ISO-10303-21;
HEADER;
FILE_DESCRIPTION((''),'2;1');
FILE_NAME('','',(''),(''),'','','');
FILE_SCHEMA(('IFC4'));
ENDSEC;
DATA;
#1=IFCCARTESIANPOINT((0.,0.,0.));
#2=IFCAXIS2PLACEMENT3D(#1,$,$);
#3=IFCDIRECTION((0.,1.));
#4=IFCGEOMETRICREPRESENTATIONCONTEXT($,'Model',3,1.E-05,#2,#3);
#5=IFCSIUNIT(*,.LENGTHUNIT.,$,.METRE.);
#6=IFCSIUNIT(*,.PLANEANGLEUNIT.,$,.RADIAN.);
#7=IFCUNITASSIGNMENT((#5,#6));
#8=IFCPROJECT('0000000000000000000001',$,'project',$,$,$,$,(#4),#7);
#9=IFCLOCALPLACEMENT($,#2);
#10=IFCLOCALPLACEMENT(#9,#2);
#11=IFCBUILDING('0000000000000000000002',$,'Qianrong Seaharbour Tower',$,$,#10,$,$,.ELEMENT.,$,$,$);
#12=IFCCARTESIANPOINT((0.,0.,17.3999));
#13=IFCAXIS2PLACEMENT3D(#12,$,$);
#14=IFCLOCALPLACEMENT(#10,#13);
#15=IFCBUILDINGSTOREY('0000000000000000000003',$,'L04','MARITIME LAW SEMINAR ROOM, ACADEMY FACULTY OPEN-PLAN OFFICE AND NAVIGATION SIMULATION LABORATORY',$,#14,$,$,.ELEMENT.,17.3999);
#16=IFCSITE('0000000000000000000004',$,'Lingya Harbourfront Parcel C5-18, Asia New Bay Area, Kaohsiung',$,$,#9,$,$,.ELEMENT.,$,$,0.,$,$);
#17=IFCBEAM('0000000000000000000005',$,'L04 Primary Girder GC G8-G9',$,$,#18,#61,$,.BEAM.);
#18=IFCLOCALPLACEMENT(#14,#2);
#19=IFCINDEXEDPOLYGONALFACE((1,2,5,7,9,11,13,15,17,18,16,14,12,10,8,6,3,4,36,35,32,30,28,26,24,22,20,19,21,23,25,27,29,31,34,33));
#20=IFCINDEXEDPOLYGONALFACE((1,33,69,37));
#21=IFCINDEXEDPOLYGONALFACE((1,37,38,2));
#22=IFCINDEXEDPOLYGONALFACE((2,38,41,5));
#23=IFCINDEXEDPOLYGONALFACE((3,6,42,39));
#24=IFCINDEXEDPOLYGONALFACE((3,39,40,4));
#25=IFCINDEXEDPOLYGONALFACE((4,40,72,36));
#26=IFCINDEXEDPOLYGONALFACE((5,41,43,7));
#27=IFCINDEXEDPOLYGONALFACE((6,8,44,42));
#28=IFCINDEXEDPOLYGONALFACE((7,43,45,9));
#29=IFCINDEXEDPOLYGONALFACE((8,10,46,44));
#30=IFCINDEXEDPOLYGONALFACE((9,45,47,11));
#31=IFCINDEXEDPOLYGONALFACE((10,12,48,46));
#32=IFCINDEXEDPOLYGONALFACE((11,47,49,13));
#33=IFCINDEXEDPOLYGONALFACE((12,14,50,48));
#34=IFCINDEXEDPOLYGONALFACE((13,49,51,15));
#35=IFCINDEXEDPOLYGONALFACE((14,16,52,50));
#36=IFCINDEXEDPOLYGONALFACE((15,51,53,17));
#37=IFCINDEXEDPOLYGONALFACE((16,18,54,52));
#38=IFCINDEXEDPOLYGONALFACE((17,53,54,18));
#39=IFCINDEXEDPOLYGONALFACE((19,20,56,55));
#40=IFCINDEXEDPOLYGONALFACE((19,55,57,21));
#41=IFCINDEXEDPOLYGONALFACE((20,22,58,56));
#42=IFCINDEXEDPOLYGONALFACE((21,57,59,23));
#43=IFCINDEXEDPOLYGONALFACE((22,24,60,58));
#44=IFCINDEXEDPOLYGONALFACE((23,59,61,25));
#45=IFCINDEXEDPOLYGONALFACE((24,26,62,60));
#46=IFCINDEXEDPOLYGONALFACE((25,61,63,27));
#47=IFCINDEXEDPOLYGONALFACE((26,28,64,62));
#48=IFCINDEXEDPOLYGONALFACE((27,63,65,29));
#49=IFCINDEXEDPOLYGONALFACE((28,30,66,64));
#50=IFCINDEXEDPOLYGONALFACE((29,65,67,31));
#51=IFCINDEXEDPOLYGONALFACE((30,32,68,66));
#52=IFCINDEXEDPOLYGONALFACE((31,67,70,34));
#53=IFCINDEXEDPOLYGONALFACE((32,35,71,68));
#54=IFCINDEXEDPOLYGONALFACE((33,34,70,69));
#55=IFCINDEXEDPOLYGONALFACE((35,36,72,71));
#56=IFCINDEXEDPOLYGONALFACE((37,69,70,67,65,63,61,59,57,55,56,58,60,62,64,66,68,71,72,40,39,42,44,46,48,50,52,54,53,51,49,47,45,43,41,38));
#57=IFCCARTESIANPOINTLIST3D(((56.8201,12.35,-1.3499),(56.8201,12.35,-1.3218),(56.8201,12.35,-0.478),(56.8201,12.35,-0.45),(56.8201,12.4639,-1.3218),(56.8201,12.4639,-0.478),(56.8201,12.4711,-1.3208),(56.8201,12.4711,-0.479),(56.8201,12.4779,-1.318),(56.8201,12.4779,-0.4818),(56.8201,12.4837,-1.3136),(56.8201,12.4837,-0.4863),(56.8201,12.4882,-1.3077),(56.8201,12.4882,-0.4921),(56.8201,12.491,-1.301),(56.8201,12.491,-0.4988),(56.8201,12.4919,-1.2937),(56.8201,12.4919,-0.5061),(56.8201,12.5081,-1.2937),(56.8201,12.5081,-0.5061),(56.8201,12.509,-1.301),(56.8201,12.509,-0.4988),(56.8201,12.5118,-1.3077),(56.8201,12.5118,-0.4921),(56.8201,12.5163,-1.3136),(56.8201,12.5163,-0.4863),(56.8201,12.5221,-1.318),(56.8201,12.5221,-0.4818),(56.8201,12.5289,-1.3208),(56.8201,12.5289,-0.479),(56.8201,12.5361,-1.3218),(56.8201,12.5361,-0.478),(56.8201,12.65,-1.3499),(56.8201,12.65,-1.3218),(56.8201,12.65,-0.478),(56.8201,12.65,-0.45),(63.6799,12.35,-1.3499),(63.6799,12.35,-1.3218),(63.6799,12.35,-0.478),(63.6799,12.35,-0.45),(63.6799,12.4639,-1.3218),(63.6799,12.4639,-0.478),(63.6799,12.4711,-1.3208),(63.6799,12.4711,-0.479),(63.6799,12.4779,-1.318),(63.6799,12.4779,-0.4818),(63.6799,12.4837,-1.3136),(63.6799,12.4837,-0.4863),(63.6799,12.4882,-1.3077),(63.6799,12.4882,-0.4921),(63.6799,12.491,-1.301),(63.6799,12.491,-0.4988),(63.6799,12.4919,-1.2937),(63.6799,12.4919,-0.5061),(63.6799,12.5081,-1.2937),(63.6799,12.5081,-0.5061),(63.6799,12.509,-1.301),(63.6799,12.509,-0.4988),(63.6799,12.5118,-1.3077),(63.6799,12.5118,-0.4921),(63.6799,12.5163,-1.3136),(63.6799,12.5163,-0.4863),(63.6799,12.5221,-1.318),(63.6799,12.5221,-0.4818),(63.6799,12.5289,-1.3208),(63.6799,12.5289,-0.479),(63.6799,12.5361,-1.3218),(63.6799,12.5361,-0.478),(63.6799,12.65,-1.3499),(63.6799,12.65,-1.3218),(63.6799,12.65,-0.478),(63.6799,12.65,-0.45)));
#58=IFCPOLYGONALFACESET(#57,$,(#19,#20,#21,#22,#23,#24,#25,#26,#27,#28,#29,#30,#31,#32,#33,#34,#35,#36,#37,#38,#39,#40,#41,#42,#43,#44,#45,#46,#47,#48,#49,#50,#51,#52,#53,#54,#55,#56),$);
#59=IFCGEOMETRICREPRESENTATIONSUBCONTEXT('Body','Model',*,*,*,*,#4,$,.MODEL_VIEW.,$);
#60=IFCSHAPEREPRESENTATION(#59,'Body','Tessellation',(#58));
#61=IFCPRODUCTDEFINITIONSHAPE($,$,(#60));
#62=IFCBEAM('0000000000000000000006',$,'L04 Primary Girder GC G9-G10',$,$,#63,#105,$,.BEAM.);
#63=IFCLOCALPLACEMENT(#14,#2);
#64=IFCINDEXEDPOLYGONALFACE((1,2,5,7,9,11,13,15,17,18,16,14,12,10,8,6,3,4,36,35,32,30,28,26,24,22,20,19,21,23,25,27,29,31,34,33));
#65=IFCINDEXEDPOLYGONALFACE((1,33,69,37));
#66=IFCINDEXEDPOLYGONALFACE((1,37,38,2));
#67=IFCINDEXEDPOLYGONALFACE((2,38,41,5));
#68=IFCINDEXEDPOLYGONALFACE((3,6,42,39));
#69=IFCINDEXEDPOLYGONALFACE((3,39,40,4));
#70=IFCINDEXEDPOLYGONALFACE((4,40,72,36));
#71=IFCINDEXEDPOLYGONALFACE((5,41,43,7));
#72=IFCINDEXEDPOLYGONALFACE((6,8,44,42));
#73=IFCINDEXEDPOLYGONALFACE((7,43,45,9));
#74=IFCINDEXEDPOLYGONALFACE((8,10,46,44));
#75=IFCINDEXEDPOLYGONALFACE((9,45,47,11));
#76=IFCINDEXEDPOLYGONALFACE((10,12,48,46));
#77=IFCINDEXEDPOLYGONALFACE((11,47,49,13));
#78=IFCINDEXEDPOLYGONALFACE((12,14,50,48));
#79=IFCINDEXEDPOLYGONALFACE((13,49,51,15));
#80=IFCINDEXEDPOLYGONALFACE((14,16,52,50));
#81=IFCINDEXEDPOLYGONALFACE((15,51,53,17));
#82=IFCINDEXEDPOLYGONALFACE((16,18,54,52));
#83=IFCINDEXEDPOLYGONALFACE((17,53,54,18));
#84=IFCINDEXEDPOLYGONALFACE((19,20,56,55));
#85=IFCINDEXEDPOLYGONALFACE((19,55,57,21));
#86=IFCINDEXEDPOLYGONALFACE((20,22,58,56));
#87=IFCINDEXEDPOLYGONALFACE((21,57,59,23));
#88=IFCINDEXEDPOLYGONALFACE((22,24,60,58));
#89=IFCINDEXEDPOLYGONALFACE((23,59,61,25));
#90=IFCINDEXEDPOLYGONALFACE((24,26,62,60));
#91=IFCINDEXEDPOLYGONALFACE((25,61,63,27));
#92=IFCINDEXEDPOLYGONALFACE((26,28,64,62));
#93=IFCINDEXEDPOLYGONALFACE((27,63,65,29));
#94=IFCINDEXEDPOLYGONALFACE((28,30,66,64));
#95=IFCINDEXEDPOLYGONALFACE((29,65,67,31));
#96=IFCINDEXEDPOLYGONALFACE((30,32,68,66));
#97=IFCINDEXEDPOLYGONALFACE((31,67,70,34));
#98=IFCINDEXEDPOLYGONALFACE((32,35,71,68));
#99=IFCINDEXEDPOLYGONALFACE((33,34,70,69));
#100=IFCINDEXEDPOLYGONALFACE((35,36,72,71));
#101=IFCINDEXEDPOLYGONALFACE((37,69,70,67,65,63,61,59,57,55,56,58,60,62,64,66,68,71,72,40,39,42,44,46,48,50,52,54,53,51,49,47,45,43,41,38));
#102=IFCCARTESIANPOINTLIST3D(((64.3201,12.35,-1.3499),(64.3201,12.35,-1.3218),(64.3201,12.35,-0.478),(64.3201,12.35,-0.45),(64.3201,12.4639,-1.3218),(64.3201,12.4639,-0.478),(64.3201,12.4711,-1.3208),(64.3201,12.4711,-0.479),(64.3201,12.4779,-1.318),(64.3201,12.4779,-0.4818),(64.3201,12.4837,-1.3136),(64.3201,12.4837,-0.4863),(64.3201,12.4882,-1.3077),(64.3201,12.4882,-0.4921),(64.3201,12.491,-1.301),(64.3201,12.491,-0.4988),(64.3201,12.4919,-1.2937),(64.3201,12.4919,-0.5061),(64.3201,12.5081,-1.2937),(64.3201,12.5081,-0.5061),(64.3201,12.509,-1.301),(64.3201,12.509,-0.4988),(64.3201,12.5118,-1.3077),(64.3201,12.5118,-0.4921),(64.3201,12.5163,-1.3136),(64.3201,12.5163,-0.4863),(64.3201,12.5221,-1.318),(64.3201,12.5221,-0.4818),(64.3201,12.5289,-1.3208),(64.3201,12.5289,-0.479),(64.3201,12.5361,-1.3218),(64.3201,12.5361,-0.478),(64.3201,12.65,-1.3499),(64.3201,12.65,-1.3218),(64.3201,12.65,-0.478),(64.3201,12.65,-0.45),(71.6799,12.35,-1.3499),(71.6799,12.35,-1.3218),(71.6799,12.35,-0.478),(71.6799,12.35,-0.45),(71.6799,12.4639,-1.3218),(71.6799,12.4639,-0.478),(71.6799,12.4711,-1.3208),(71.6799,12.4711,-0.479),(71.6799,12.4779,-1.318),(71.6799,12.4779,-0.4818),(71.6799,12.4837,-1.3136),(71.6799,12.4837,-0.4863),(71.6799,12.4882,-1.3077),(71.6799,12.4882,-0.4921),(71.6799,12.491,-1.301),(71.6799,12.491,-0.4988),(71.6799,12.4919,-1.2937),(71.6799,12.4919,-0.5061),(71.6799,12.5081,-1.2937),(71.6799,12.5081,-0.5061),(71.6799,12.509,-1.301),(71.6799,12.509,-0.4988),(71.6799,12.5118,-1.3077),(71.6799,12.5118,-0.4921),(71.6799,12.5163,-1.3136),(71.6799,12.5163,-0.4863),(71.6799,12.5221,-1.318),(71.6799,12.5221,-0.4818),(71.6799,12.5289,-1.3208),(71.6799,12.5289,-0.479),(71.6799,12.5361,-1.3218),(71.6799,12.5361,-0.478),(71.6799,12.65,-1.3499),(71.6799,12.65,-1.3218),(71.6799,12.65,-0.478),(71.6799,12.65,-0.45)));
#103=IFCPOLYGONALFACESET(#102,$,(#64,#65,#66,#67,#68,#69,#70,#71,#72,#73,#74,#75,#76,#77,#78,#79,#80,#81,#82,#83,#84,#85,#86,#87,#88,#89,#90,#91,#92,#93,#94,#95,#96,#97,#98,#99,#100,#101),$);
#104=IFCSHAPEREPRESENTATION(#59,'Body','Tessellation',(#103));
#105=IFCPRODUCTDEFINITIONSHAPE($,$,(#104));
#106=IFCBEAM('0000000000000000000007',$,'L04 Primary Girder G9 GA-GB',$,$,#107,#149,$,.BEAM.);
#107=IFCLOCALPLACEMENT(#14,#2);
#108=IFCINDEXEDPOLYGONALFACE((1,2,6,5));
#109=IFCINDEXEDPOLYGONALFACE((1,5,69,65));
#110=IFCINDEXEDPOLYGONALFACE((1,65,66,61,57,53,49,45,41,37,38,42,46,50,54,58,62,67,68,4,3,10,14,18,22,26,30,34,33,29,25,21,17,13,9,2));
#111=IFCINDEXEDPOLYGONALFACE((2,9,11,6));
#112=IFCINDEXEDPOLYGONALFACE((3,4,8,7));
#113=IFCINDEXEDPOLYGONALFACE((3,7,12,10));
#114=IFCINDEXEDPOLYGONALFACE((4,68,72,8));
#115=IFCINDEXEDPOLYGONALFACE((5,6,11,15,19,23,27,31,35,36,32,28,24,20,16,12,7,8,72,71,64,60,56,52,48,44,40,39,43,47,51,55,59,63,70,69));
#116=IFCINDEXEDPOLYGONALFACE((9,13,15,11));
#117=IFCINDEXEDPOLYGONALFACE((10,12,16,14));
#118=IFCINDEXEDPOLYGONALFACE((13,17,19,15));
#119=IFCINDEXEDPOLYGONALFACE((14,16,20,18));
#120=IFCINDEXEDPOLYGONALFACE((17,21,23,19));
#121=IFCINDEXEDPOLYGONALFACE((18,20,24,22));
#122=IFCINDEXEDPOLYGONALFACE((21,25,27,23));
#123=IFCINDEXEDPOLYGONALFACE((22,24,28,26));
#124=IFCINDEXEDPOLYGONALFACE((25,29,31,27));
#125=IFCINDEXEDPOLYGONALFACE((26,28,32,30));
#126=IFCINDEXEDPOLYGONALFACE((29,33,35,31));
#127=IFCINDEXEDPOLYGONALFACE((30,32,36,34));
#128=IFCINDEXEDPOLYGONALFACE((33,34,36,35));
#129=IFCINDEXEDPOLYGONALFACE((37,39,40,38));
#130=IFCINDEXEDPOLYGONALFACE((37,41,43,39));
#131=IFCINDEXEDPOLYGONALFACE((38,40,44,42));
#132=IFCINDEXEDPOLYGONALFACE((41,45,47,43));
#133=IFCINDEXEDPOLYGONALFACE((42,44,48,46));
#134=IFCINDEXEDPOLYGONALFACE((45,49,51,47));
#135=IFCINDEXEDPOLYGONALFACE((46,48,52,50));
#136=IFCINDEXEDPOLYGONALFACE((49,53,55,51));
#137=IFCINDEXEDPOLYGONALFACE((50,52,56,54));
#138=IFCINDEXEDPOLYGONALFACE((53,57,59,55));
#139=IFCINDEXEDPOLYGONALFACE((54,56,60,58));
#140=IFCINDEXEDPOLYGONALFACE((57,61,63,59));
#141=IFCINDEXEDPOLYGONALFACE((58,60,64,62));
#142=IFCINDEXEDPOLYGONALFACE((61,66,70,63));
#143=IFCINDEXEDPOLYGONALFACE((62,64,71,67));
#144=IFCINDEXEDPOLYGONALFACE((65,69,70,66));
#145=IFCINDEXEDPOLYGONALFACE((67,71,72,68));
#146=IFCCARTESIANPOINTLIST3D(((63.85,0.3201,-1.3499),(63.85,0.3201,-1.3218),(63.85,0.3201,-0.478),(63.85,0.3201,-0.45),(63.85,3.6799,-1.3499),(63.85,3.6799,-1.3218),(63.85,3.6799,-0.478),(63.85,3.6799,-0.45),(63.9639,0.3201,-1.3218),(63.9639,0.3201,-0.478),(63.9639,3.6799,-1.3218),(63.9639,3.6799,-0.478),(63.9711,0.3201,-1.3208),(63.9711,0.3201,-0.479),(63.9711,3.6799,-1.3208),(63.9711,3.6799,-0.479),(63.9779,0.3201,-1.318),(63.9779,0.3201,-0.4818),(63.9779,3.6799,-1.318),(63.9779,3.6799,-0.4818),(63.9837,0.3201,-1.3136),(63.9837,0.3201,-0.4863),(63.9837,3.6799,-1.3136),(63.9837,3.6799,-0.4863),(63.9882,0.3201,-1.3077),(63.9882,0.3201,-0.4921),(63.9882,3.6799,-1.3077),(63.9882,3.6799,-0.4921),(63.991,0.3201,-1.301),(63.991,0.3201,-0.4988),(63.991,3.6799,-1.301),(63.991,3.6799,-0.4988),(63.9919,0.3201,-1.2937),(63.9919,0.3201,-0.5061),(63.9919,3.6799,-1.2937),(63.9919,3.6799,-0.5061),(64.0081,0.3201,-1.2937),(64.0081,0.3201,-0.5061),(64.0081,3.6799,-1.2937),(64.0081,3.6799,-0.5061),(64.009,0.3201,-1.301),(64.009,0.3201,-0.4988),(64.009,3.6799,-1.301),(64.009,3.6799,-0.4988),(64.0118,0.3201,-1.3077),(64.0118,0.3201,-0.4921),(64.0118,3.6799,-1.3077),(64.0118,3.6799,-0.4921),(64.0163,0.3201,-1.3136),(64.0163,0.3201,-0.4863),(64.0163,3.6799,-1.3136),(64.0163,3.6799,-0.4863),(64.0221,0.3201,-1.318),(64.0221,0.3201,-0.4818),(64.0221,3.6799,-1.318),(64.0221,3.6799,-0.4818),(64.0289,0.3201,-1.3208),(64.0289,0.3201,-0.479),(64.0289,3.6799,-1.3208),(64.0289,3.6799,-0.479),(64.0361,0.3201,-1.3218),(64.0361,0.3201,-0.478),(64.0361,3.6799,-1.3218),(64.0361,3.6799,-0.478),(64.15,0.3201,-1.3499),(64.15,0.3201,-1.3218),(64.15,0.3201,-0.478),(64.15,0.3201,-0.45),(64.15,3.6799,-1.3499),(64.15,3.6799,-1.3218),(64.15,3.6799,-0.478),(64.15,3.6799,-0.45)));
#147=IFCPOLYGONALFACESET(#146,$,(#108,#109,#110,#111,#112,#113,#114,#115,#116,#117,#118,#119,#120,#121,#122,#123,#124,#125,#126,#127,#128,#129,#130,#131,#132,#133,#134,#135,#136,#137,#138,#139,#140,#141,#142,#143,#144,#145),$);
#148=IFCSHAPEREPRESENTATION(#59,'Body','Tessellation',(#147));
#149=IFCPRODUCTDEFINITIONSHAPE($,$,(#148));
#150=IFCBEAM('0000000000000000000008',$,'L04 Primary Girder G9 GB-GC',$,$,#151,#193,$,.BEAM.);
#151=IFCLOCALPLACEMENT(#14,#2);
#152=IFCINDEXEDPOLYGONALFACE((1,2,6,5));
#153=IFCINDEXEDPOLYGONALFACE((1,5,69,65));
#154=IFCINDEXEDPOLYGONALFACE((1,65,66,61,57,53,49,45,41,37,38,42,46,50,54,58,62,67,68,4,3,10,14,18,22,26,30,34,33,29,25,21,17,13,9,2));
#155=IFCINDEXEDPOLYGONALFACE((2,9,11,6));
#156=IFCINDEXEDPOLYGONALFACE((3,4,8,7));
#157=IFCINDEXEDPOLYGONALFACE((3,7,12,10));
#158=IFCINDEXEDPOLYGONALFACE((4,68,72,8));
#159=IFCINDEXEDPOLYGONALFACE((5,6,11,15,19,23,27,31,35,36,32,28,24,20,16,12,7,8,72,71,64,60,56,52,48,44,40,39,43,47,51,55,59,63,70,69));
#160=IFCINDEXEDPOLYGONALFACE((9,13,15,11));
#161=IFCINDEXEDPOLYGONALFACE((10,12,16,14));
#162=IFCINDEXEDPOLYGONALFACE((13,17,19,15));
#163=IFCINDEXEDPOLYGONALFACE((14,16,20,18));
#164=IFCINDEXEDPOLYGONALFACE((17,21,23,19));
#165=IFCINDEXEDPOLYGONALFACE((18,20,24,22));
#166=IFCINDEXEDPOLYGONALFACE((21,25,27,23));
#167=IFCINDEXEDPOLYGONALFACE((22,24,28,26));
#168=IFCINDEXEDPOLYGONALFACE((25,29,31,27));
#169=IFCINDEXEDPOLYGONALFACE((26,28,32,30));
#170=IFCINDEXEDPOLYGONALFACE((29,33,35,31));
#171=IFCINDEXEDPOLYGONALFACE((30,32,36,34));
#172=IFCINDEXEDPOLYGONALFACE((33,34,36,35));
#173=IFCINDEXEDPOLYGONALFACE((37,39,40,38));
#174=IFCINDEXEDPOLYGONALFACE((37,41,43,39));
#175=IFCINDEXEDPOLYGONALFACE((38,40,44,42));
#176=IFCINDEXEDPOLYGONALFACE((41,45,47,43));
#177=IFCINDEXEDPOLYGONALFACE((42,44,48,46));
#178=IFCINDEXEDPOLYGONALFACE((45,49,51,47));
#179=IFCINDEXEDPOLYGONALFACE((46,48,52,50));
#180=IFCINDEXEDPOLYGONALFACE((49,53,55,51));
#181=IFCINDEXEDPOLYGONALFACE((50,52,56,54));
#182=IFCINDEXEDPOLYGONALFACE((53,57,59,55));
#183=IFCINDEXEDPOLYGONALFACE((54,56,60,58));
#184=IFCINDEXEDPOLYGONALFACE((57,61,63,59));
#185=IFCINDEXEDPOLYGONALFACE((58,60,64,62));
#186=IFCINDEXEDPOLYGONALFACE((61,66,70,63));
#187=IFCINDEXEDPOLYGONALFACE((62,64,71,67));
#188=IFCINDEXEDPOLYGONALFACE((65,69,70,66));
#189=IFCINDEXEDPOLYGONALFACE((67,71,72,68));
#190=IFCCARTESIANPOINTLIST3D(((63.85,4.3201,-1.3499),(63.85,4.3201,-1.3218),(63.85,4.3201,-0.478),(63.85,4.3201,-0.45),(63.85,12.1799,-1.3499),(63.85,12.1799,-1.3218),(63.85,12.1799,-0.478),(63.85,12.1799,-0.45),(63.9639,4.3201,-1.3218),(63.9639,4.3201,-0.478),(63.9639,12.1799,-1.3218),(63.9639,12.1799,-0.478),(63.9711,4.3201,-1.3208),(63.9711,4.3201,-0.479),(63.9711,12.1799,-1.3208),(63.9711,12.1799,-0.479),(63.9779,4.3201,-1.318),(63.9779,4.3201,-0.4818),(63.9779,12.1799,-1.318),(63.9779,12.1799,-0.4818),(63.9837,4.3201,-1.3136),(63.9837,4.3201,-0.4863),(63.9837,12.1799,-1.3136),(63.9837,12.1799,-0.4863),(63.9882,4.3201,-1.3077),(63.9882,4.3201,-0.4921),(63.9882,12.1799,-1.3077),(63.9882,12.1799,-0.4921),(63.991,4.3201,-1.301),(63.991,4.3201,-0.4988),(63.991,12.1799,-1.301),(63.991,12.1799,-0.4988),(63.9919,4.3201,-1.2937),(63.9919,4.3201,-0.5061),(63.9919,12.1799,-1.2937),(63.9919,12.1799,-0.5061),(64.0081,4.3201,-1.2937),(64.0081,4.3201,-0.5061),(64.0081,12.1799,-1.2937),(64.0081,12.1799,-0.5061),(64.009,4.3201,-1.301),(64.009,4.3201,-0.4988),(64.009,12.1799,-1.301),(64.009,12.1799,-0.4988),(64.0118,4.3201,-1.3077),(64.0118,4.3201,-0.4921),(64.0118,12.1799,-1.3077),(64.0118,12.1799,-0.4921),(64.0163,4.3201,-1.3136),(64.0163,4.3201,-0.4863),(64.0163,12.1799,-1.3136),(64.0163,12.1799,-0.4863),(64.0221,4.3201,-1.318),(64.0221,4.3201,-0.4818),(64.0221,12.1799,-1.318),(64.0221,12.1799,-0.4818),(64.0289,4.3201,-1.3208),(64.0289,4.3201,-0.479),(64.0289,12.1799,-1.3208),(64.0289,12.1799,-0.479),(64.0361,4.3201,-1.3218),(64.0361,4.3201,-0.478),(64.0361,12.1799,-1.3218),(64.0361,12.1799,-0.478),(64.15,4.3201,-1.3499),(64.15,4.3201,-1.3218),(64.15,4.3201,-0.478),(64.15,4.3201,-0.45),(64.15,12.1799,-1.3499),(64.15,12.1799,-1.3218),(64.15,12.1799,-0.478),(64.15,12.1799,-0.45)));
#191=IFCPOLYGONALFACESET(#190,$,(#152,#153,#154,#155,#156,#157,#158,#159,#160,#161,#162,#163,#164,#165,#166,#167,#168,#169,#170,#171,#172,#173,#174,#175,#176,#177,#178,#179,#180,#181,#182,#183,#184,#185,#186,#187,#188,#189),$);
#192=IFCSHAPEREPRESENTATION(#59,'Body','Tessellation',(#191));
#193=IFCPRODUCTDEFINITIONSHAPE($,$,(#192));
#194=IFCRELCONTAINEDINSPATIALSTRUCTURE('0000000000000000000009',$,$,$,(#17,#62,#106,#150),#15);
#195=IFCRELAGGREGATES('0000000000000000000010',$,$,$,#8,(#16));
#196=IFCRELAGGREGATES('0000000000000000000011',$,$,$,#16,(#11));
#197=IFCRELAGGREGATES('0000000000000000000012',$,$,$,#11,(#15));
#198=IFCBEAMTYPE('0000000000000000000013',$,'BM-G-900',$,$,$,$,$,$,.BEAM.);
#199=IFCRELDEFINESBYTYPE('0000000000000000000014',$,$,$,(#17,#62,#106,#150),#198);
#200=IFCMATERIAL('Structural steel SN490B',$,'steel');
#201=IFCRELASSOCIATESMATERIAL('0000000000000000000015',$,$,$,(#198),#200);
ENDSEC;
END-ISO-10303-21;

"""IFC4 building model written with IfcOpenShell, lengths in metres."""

from ifc_helpers import new_model, si_unit, direction, frame, origin, origin_2d, place, context, subcontext, project, spatial, i_section, extrude, material, material_profile, profile_set, type_object, element, save


model = new_model("IFC4")

# Units and contexts
model_context = context("Model", 3, precision=1e-05, world=origin(), true_north=direction((0.0, 1.0)))
body_context = subcontext(model_context, "Body", "Model", "MODEL_VIEW")
ifc_project = project(units=[si_unit("LENGTHUNIT", "METRE"), si_unit("PLANEANGLEUNIT", "RADIAN")], contexts=[model_context])

# Site, building, storey
site_placement = place(None, origin())
site = spatial("IfcSite", under=ifc_project, at=site_placement, Name="Lingya Harbourfront Parcel C5-18, Asia New Bay Area, Kaohsiung", CompositionType="ELEMENT", RefElevation=0.0)
building_placement = place(site_placement, origin())
building = spatial("IfcBuilding", under=site, at=building_placement, Name="Qianrong Seaharbour Tower", CompositionType="ELEMENT")
storey_placement = place(building_placement, frame((0.0, 0.0, 17.3999)))
storey = spatial("IfcBuildingStorey", under=building, at=storey_placement, Name="L04", Description="MARITIME LAW SEMINAR ROOM, ACADEMY FACULTY OPEN-PLAN OFFICE AND NAVIGATION SIMULATION LABORATORY", CompositionType="ELEMENT", Elevation=17.3999)

# Beams
ifc_material_1 = material(Name="Structural steel SN490B", Category="steel")
ifc_material_profile_1 = material_profile(ifc_material_1, i_section(OverallWidth=0.3, OverallDepth=0.8999, WebThickness=0.0161, FlangeThickness=0.0281, FilletRadius=0.0281, at=origin_2d()), Name="H900x300x16x28")
ifc_profile_set_1 = profile_set([ifc_material_profile_1], Name="Structural steel SN490B")
beam_type_1 = type_object("IfcBeamType", Name="BM-G-900", PredefinedType="BEAM", material=ifc_profile_set_1)
beam_1_placement = place(storey_placement, frame((56.8201, 12.5, -0.8999), z_axis=(1.0, 0.0, 0.0), x_axis=(0.0, 1.0, 0.0)))
element("IfcBeam", 1, at=beam_1_placement, inside=storey, type_object=beam_type_1, Name="L04 Primary Girder GC G8-G9", PredefinedType="BEAM", context=body_context, shape_type="SweptSolid", body=[
    extrude(i_section(OverallWidth=0.3, OverallDepth=0.8999, WebThickness=0.0161, FlangeThickness=0.0281, FilletRadius=0.0281, at=origin_2d()), origin(), (0.0, 0.0, 1.0), 6.8599),
])
beam_2_placement = place(storey_placement, frame((64.3201, 12.5, -0.8999), z_axis=(1.0, 0.0, 0.0), x_axis=(0.0, 1.0, 0.0)))
element("IfcBeam", 2, at=beam_2_placement, inside=storey, type_object=beam_type_1, Name="L04 Primary Girder GC G9-G10", PredefinedType="BEAM", context=body_context, shape_type="SweptSolid", body=[
    extrude(i_section(OverallWidth=0.3, OverallDepth=0.8999, WebThickness=0.0161, FlangeThickness=0.0281, FilletRadius=0.0281, at=origin_2d()), origin(), (0.0, 0.0, 1.0), 7.3599),
])
beam_3_placement = place(storey_placement, frame((64.0, 0.3201, -0.8999), z_axis=(0.0, 1.0, 0.0), x_axis=(-1.0, 0.0, 0.0)))
element("IfcBeam", 3, at=beam_3_placement, inside=storey, type_object=beam_type_1, Name="L04 Primary Girder G9 GA-GB", PredefinedType="BEAM", context=body_context, shape_type="SweptSolid", body=[
    extrude(i_section(OverallWidth=0.3, OverallDepth=0.8999, WebThickness=0.0161, FlangeThickness=0.0281, FilletRadius=0.0281, at=origin_2d()), origin(), (0.0, 0.0, 1.0), 3.3599),
])
beam_4_placement = place(storey_placement, frame((64.0, 4.3201, -0.8999), z_axis=(0.0, 1.0, 0.0), x_axis=(-1.0, 0.0, 0.0)))
element("IfcBeam", 4, at=beam_4_placement, inside=storey, type_object=beam_type_1, Name="L04 Primary Girder G9 GB-GC", PredefinedType="BEAM", context=body_context, shape_type="SweptSolid", body=[
    extrude(i_section(OverallWidth=0.3, OverallDepth=0.8999, WebThickness=0.0161, FlangeThickness=0.0281, FilletRadius=0.0281, at=origin_2d()), origin(), (0.0, 0.0, 1.0), 7.8599),
])

save(model, "model.ifc")
